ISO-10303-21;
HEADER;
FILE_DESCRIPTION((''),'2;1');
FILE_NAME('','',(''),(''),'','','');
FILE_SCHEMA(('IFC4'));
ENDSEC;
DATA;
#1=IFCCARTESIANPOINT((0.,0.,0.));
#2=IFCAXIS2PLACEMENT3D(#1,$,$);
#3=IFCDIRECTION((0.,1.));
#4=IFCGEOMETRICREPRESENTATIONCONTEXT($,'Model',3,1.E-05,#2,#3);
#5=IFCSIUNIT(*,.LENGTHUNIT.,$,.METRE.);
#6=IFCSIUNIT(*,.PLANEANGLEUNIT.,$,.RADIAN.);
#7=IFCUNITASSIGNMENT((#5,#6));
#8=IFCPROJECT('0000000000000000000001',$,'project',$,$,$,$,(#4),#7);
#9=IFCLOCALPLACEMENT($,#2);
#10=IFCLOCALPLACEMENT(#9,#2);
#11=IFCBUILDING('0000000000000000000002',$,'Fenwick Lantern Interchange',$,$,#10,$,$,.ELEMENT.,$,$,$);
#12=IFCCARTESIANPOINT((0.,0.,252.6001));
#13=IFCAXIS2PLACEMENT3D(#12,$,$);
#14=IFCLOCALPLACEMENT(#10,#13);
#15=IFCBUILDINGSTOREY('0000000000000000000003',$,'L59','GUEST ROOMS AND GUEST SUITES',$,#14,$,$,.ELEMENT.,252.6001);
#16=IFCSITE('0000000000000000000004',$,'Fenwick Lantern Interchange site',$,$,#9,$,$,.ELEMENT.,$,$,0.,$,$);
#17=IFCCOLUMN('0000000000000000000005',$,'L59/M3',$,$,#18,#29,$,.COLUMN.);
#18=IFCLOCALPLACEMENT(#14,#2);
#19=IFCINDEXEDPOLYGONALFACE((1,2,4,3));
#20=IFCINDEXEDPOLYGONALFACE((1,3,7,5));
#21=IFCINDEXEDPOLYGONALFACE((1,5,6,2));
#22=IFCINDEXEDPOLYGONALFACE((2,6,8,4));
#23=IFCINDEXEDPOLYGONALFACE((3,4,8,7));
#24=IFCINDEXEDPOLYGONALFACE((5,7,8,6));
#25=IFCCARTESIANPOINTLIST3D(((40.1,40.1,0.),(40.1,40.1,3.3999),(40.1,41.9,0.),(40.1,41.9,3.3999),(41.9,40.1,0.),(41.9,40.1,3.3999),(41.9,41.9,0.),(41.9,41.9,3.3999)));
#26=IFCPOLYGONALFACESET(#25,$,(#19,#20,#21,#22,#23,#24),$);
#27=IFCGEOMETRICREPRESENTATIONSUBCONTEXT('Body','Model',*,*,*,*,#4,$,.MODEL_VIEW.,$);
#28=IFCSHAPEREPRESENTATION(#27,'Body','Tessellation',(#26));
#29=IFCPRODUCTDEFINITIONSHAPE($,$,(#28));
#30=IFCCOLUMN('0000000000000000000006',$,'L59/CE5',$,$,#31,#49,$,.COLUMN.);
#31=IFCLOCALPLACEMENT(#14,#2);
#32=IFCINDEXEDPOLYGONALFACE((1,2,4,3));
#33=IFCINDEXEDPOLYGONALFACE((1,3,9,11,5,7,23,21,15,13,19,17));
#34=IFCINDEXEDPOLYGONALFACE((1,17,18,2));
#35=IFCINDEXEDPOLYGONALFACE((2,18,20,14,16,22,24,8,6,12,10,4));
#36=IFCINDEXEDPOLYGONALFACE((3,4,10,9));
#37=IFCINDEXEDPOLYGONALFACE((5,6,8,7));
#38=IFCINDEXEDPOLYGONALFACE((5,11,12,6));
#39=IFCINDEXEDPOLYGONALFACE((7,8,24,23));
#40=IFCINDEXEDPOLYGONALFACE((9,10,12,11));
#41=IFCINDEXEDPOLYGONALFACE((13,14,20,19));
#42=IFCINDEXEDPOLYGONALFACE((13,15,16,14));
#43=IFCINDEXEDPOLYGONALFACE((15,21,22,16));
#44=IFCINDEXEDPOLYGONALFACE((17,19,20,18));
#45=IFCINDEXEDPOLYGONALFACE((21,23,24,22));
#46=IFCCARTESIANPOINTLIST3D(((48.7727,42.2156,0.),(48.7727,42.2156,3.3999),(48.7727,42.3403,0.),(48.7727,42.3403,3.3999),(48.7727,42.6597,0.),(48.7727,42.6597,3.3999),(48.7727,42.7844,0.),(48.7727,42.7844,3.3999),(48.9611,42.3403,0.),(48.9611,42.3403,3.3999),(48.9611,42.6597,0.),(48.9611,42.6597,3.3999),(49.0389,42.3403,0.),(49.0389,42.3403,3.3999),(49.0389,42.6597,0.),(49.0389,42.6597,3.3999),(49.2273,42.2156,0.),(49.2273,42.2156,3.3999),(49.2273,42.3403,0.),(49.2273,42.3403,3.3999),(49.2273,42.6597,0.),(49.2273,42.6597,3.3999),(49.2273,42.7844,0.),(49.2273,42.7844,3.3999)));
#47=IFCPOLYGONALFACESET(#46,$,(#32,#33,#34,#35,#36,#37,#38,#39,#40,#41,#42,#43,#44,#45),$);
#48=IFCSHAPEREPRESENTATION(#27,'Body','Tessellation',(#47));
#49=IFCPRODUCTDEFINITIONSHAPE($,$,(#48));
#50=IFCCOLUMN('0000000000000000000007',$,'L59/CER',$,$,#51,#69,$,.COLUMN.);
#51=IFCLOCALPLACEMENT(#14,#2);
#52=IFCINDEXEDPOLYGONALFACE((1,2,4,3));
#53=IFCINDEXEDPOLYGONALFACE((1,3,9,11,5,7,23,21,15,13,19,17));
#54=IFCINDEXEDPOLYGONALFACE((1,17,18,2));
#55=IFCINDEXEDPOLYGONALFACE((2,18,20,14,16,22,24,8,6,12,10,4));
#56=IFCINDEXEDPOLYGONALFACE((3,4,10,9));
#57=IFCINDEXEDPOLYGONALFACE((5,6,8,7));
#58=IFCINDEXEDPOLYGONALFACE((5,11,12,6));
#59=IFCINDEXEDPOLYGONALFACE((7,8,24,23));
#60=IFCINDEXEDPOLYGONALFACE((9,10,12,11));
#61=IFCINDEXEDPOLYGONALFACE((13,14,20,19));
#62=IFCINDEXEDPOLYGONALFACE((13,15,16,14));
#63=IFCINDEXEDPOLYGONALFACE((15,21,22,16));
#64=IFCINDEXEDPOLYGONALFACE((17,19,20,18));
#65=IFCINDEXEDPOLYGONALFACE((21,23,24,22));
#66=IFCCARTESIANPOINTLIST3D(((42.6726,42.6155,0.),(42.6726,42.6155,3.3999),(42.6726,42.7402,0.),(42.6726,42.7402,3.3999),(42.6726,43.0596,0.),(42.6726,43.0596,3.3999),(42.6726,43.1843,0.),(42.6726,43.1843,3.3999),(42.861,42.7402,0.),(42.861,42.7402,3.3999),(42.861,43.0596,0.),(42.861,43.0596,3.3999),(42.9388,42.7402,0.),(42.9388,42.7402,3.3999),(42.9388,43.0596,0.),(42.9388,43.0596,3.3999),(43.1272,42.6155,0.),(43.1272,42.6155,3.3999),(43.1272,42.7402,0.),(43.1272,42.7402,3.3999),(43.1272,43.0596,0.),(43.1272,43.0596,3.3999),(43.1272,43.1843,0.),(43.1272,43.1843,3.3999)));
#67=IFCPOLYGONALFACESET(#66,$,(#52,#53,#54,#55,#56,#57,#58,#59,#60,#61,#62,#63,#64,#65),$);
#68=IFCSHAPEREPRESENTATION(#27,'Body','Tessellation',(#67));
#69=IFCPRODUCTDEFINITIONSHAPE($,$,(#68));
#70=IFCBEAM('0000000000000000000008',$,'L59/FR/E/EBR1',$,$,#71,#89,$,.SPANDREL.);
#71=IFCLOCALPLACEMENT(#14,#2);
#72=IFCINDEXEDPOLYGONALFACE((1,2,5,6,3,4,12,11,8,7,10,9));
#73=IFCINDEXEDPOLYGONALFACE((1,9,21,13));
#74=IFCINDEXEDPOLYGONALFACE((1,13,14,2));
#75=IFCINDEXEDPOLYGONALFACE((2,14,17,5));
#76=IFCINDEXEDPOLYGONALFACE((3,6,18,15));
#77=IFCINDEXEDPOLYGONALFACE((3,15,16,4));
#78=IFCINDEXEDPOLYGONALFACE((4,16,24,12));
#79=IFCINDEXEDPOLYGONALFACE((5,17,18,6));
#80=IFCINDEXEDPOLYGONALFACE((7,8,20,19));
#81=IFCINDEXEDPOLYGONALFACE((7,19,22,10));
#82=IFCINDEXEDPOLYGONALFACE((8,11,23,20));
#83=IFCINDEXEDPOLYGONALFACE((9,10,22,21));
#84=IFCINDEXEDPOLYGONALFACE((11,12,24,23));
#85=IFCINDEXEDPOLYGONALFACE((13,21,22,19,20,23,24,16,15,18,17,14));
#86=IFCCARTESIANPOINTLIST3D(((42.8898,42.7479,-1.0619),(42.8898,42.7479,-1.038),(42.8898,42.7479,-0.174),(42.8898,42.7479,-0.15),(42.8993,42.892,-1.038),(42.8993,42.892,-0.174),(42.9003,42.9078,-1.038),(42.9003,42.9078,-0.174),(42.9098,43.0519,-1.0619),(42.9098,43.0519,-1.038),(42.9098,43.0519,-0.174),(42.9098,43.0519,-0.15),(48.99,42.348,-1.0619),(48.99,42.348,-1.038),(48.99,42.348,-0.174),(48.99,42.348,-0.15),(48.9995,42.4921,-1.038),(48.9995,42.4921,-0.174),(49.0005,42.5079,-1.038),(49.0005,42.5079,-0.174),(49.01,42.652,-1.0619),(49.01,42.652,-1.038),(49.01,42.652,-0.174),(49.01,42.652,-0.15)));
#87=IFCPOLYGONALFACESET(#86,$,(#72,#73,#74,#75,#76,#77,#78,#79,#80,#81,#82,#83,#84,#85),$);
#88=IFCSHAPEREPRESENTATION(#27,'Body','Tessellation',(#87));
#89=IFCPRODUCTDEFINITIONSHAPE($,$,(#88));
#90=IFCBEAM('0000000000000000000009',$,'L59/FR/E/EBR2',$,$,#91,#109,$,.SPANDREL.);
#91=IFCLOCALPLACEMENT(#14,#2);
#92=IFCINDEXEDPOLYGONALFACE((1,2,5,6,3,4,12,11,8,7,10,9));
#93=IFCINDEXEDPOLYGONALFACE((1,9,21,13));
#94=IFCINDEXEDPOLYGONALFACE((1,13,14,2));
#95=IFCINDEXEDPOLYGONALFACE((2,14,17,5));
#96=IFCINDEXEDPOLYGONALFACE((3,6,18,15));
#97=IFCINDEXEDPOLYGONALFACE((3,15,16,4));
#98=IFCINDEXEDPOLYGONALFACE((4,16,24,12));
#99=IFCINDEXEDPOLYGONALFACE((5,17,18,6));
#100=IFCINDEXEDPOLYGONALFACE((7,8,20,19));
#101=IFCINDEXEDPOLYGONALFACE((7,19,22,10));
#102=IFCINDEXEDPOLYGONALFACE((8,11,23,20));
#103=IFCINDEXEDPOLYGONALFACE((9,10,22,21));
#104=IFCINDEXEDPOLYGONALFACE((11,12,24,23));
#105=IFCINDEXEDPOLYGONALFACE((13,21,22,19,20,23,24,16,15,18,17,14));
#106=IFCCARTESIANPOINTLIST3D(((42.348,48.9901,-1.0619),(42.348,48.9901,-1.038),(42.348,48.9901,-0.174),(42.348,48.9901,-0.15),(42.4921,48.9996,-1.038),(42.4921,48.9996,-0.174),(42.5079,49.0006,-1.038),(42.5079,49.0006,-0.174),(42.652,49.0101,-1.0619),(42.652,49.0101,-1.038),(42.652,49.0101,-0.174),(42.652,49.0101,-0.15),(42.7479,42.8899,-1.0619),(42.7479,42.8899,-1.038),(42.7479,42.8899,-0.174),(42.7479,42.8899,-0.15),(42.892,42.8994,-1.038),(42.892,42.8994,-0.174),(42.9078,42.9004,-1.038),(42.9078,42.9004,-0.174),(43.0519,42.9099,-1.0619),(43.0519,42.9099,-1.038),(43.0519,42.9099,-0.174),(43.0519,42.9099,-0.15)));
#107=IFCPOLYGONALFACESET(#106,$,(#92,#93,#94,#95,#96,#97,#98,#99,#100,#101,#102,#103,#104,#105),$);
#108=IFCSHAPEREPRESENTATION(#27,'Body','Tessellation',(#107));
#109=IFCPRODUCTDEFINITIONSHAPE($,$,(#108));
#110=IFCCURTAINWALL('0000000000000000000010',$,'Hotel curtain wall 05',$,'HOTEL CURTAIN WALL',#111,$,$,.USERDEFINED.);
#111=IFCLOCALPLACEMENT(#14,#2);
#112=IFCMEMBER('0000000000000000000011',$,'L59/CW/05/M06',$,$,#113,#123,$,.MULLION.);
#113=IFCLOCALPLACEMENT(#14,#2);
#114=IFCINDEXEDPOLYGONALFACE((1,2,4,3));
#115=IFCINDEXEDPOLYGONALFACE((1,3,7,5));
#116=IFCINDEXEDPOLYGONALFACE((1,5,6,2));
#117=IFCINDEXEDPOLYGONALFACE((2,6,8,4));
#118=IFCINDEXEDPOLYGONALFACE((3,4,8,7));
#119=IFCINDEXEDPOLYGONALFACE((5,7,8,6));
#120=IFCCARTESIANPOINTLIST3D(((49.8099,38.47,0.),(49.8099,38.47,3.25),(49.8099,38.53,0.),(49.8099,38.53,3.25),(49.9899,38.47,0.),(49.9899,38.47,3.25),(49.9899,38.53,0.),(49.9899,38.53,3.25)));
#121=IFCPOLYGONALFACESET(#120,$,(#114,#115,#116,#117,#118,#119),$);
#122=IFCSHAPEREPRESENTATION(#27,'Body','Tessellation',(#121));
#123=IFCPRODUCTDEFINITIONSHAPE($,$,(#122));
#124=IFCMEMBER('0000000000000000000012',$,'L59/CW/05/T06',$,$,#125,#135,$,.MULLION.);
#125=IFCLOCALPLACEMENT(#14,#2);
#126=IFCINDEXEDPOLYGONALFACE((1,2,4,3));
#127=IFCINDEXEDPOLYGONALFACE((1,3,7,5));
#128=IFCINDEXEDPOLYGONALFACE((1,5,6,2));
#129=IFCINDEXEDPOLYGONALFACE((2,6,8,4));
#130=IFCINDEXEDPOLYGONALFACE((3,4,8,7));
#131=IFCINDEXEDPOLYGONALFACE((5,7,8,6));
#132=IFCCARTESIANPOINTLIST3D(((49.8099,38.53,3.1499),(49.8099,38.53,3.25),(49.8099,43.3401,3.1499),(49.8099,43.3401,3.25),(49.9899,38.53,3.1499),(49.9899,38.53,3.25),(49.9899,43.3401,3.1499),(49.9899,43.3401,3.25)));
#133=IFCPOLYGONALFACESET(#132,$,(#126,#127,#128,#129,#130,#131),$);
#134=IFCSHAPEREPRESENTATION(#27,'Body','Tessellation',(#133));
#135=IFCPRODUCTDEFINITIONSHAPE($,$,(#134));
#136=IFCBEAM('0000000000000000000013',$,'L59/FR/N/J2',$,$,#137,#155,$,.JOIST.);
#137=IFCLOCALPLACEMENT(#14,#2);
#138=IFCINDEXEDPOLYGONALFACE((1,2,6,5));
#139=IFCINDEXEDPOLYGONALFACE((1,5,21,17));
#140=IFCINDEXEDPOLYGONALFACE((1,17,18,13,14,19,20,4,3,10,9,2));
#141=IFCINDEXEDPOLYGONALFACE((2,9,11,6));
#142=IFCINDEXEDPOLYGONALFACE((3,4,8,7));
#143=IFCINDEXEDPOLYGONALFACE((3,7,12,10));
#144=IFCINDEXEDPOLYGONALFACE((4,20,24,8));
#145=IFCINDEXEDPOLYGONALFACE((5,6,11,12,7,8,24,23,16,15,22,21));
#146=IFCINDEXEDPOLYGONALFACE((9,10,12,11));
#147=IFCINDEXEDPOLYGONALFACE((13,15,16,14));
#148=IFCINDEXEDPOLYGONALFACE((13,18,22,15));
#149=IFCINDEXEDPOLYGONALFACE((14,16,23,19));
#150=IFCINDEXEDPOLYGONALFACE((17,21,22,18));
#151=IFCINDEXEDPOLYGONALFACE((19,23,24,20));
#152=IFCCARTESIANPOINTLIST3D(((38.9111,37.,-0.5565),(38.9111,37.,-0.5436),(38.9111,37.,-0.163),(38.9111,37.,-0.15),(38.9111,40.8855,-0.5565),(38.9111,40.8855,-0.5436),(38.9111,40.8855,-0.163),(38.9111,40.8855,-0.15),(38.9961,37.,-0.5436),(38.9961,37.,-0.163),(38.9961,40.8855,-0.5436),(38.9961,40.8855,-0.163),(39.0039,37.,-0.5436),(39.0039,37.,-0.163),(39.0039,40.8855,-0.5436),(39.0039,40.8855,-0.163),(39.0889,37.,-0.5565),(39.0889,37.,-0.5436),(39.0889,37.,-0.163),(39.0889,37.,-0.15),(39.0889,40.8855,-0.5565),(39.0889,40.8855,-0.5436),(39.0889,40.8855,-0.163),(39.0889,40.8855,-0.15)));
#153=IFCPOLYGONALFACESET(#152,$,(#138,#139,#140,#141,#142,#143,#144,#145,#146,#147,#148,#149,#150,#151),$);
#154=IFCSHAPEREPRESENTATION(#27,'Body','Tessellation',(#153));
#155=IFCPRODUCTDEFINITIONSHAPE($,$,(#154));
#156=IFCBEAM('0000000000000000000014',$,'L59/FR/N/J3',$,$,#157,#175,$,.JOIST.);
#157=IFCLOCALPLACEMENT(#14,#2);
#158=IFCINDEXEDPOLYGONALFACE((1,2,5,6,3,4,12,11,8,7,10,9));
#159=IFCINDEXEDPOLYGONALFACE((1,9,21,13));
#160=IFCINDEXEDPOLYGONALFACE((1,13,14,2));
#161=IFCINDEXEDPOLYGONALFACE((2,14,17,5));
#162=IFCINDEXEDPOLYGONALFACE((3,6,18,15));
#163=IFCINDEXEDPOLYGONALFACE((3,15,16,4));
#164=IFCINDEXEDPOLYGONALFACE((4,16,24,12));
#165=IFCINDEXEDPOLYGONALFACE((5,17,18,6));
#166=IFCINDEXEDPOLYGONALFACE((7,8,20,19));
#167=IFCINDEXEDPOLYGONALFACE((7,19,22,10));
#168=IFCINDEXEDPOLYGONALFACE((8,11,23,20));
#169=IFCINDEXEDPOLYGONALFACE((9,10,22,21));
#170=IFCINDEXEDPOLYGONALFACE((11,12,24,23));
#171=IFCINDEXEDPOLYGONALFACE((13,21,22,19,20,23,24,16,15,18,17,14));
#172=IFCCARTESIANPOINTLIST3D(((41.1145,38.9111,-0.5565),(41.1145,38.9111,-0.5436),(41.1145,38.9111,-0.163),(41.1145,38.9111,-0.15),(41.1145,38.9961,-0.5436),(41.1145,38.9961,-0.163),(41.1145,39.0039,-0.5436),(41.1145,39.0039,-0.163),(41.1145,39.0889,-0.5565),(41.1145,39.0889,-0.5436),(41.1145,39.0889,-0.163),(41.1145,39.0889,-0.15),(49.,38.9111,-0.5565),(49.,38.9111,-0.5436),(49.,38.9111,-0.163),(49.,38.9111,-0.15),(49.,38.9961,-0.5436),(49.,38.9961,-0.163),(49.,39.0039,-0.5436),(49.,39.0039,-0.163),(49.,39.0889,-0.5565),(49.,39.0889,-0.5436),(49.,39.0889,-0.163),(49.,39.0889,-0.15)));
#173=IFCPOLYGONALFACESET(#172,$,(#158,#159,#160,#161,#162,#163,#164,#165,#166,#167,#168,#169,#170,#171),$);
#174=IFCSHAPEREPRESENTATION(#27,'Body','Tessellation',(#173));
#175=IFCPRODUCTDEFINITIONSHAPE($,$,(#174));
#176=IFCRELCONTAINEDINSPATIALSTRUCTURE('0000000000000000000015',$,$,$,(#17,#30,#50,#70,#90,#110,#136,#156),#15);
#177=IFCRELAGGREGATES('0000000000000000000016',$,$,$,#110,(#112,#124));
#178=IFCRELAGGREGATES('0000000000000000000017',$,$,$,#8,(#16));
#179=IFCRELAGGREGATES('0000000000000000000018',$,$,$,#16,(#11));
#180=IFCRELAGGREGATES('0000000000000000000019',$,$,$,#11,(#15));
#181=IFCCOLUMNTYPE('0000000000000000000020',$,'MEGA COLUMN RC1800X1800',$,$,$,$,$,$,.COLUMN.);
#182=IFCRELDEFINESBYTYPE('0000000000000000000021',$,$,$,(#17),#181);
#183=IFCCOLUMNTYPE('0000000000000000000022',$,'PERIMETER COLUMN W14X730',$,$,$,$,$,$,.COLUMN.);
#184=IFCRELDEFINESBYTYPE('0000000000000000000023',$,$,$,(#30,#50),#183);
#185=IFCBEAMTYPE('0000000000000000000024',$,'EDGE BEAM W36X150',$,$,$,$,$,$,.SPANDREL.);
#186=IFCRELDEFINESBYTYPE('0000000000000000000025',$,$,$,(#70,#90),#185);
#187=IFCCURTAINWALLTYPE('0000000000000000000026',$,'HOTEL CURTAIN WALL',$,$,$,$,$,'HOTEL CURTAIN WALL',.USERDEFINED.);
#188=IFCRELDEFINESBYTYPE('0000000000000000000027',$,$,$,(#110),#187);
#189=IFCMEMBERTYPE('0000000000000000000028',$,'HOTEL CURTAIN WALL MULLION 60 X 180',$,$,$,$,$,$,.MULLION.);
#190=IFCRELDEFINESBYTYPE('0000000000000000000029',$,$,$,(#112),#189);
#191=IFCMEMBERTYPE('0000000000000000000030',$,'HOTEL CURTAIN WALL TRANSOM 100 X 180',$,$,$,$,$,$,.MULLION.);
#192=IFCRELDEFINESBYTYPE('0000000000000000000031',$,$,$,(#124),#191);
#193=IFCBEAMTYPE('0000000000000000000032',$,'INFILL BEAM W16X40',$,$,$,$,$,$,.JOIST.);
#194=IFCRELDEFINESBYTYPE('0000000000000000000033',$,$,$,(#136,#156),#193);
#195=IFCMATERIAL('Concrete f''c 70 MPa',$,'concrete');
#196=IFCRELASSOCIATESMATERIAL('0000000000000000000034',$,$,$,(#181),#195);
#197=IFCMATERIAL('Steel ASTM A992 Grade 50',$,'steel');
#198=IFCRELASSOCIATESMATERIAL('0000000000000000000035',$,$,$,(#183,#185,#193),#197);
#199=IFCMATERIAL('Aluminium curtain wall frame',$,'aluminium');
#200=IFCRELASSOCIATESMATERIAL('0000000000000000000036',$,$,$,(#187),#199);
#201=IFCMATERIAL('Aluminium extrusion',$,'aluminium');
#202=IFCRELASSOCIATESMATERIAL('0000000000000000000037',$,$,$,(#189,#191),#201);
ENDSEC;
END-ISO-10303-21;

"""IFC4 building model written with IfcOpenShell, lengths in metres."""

from ifc_helpers import new_model, si_unit, direction, frame, origin, origin_2d, place, context, subcontext, project, spatial, rectangle, i_section, extrude, material, material_profile, profile_set, type_object, element, aggregate, save


model = new_model("IFC4")

# Units and contexts
model_context = context("Model", 3, precision=1e-05, world=origin(), true_north=direction((0.0, 1.0)))
body_context = subcontext(model_context, "Body", "Model", "MODEL_VIEW")
ifc_project = project(units=[si_unit("LENGTHUNIT", "METRE"), si_unit("PLANEANGLEUNIT", "RADIAN")], contexts=[model_context])

# Site, building, storey
site_placement = place(None, origin())
site = spatial("IfcSite", under=ifc_project, at=site_placement, Name="Fenwick Lantern Interchange site", CompositionType="ELEMENT", RefElevation=0.0)
building_placement = place(site_placement, origin())
building = spatial("IfcBuilding", under=site, at=building_placement, Name="Fenwick Lantern Interchange", CompositionType="ELEMENT")
storey_placement = place(building_placement, frame((0.0, 0.0, 252.6001)))
storey = spatial("IfcBuildingStorey", under=building, at=storey_placement, Name="L59", Description="GUEST ROOMS AND GUEST SUITES", CompositionType="ELEMENT", Elevation=252.6001)

# Columns
ifc_material_1 = material(Name="Concrete f'c 70 MPa", Category="concrete")
ifc_material_profile_1 = material_profile(ifc_material_1, rectangle(XDim=1.8, YDim=1.8, at=origin_2d()), Name="RC1800X1800")
ifc_profile_set_1 = profile_set([ifc_material_profile_1], Name="Concrete f'c 70 MPa")
column_type_1 = type_object("IfcColumnType", Name="MEGA COLUMN RC1800X1800", PredefinedType="COLUMN", material=ifc_profile_set_1)
column_placement = place(storey_placement, frame((41.0, 41.0, 0.0), z_axis=(0.0, 0.0, 1.0), x_axis=(1.0, 0.0, 0.0)))
element("IfcColumn", 1, at=column_placement, inside=storey, type_object=column_type_1, Name="L59/M3", PredefinedType="COLUMN", context=body_context, shape_type="SweptSolid", body=[
    extrude(rectangle(XDim=1.8, YDim=1.8, at=origin_2d()), origin(), (0.0, 0.0, 1.0), 3.3999),
])
ifc_material_2 = material(Name="Steel ASTM A992 Grade 50", Category="steel")
ifc_material_profile_2 = material_profile(ifc_material_2, i_section(OverallWidth=0.4546, OverallDepth=0.5688, WebThickness=0.0779, FlangeThickness=0.1248, at=origin_2d()), Name="W14X730")
ifc_profile_set_2 = profile_set([ifc_material_profile_2], Name="Steel ASTM A992 Grade 50")
column_type_2 = type_object("IfcColumnType", Name="PERIMETER COLUMN W14X730", PredefinedType="COLUMN", material=ifc_profile_set_2)
for number, where, z_axis, x_axis, name in (
    (2, (49.0, 42.5, 0.0), (0.0, 0.0, 1.0), (1.0, 0.0, 0.0), "L59/CE5"),
    (3, (42.8999, 42.8999, 0.0), (0.0, 0.0, 1.0), (1.0, 0.0, 0.0), "L59/CER"),
):
    element("IfcColumn", number, at=place(storey_placement, frame(where, z_axis=z_axis, x_axis=x_axis)), inside=storey, type_object=column_type_2, Name=name, PredefinedType="COLUMN", context=body_context, shape_type="SweptSolid", body=[
        extrude(i_section(OverallWidth=0.4546, OverallDepth=0.5688, WebThickness=0.0779, FlangeThickness=0.1248, at=origin_2d()), origin(), (0.0, 0.0, 1.0), 3.3999),
    ])

# Beams
ifc_material_profile_3 = material_profile(ifc_material_2, i_section(OverallWidth=0.3047, OverallDepth=0.9119, WebThickness=0.0159, FlangeThickness=0.0239, at=origin_2d()), Name="W36X150")
ifc_profile_set_3 = profile_set([ifc_material_profile_3], Name="Steel ASTM A992 Grade 50")
beam_type_1 = type_object("IfcBeamType", Name="EDGE BEAM W36X150", PredefinedType="SPANDREL", material=ifc_profile_set_3)
for number, where, z_axis, x_axis, name in (
    (4, (49.0, 42.5, -0.606), (-0.997858, 0.065416, 0.0), (-0.065416, -0.997858, 0.0), "L59/FR/E/EBR1"),
    (5, (42.8999, 42.8999, -0.606), (-0.065416, 0.997858, 0.0), (-0.997858, -0.065416, 0.0), "L59/FR/E/EBR2"),
):
    element("IfcBeam", number, at=place(storey_placement, frame(where, z_axis=z_axis, x_axis=x_axis)), inside=storey, type_object=beam_type_1, Name=name, PredefinedType="SPANDREL", context=body_context, shape_type="SweptSolid", body=[
        extrude(i_section(OverallWidth=0.3047, OverallDepth=0.9119, WebThickness=0.0159, FlangeThickness=0.0239, at=origin_2d()), origin(), (0.0, 0.0, 1.0), 6.1133),
    ])

# Curtain wall, members
ifc_material_3 = material(Name="Aluminium curtain wall frame", Category="aluminium")
curtain_wall_type = type_object("IfcCurtainWallType", Name="HOTEL CURTAIN WALL", ElementType="HOTEL CURTAIN WALL", PredefinedType="USERDEFINED", material=ifc_material_3)
curtain_wall_placement = place(storey_placement, origin())
curtain_wall = element("IfcCurtainWall", 6, at=curtain_wall_placement, inside=storey, type_object=curtain_wall_type, Name="Hotel curtain wall 05", ObjectType="HOTEL CURTAIN WALL", PredefinedType="USERDEFINED")
ifc_material_4 = material(Name="Aluminium extrusion", Category="aluminium")
ifc_material_profile_4 = material_profile(ifc_material_4, rectangle(XDim=0.1799, YDim=0.0601, at=origin_2d()), Name="HOTEL CURTAIN WALL MULLION 60 X 180")
ifc_profile_set_4 = profile_set([ifc_material_profile_4], Name="Aluminium extrusion")
member_type_1 = type_object("IfcMemberType", Name="HOTEL CURTAIN WALL MULLION 60 X 180", PredefinedType="MULLION", material=ifc_profile_set_4)
member_1_placement = place(storey_placement, frame((49.8999, 38.5, 0.0), z_axis=(0.0, 0.0, 1.0), x_axis=(-1.0, 0.0, 0.0)))
member_1 = element("IfcMember", 7, at=member_1_placement, type_object=member_type_1, Name="L59/CW/05/M06", PredefinedType="MULLION", context=body_context, shape_type="SweptSolid", body=[
    extrude(rectangle(XDim=0.1799, YDim=0.0601, at=origin_2d()), origin(), (0.0, 0.0, 1.0), 3.25),
])
ifc_material_profile_5 = material_profile(ifc_material_4, rectangle(XDim=0.1799, YDim=0.1001, at=origin_2d()), Name="HOTEL CURTAIN WALL TRANSOM 100 X 180")
ifc_profile_set_5 = profile_set([ifc_material_profile_5], Name="Aluminium extrusion")
member_type_2 = type_object("IfcMemberType", Name="HOTEL CURTAIN WALL TRANSOM 100 X 180", PredefinedType="MULLION", material=ifc_profile_set_5)
member_2_placement = place(storey_placement, frame((49.8999, 38.53, 3.2), z_axis=(0.0, 1.0, 0.0), x_axis=(-1.0, 0.0, 0.0)))
member_2 = element("IfcMember", 8, at=member_2_placement, type_object=member_type_2, Name="L59/CW/05/T06", PredefinedType="MULLION", context=body_context, shape_type="SweptSolid", body=[
    extrude(rectangle(XDim=0.1799, YDim=0.1001, at=origin_2d()), origin(), (0.0, 0.0, 1.0), 4.8101),
])
aggregate(curtain_wall, [member_1, member_2])

# Beams
ifc_material_profile_6 = material_profile(ifc_material_2, i_section(OverallWidth=0.1777, OverallDepth=0.4065, WebThickness=0.0078, FlangeThickness=0.0129, at=origin_2d()), Name="W16X40")
ifc_profile_set_6 = profile_set([ifc_material_profile_6], Name="Steel ASTM A992 Grade 50")
beam_type_2 = type_object("IfcBeamType", Name="INFILL BEAM W16X40", PredefinedType="JOIST", material=ifc_profile_set_6)
beam_1_placement = place(storey_placement, frame((39.0, 40.8855, -0.3533), z_axis=(0.0, -1.0, 0.0), x_axis=(1.0, 0.0, 0.0)))
element("IfcBeam", 9, at=beam_1_placement, inside=storey, type_object=beam_type_2, Name="L59/FR/N/J2", PredefinedType="JOIST", context=body_context, shape_type="SweptSolid", body=[
    extrude(i_section(OverallWidth=0.1777, OverallDepth=0.4065, WebThickness=0.0078, FlangeThickness=0.0129, at=origin_2d()), origin(), (0.0, 0.0, 1.0), 3.8855),
])
beam_2_placement = place(storey_placement, frame((49.0, 39.0, -0.3533), z_axis=(-1.0, 0.0, 0.0), x_axis=(0.0, -1.0, 0.0)))
element("IfcBeam", 10, at=beam_2_placement, inside=storey, type_object=beam_type_2, Name="L59/FR/N/J3", PredefinedType="JOIST", context=body_context, shape_type="SweptSolid", body=[
    extrude(i_section(OverallWidth=0.1777, OverallDepth=0.4065, WebThickness=0.0078, FlangeThickness=0.0129, at=origin_2d()), origin(), (0.0, 0.0, 1.0), 7.8855),
])

save(model, "model.ifc")
